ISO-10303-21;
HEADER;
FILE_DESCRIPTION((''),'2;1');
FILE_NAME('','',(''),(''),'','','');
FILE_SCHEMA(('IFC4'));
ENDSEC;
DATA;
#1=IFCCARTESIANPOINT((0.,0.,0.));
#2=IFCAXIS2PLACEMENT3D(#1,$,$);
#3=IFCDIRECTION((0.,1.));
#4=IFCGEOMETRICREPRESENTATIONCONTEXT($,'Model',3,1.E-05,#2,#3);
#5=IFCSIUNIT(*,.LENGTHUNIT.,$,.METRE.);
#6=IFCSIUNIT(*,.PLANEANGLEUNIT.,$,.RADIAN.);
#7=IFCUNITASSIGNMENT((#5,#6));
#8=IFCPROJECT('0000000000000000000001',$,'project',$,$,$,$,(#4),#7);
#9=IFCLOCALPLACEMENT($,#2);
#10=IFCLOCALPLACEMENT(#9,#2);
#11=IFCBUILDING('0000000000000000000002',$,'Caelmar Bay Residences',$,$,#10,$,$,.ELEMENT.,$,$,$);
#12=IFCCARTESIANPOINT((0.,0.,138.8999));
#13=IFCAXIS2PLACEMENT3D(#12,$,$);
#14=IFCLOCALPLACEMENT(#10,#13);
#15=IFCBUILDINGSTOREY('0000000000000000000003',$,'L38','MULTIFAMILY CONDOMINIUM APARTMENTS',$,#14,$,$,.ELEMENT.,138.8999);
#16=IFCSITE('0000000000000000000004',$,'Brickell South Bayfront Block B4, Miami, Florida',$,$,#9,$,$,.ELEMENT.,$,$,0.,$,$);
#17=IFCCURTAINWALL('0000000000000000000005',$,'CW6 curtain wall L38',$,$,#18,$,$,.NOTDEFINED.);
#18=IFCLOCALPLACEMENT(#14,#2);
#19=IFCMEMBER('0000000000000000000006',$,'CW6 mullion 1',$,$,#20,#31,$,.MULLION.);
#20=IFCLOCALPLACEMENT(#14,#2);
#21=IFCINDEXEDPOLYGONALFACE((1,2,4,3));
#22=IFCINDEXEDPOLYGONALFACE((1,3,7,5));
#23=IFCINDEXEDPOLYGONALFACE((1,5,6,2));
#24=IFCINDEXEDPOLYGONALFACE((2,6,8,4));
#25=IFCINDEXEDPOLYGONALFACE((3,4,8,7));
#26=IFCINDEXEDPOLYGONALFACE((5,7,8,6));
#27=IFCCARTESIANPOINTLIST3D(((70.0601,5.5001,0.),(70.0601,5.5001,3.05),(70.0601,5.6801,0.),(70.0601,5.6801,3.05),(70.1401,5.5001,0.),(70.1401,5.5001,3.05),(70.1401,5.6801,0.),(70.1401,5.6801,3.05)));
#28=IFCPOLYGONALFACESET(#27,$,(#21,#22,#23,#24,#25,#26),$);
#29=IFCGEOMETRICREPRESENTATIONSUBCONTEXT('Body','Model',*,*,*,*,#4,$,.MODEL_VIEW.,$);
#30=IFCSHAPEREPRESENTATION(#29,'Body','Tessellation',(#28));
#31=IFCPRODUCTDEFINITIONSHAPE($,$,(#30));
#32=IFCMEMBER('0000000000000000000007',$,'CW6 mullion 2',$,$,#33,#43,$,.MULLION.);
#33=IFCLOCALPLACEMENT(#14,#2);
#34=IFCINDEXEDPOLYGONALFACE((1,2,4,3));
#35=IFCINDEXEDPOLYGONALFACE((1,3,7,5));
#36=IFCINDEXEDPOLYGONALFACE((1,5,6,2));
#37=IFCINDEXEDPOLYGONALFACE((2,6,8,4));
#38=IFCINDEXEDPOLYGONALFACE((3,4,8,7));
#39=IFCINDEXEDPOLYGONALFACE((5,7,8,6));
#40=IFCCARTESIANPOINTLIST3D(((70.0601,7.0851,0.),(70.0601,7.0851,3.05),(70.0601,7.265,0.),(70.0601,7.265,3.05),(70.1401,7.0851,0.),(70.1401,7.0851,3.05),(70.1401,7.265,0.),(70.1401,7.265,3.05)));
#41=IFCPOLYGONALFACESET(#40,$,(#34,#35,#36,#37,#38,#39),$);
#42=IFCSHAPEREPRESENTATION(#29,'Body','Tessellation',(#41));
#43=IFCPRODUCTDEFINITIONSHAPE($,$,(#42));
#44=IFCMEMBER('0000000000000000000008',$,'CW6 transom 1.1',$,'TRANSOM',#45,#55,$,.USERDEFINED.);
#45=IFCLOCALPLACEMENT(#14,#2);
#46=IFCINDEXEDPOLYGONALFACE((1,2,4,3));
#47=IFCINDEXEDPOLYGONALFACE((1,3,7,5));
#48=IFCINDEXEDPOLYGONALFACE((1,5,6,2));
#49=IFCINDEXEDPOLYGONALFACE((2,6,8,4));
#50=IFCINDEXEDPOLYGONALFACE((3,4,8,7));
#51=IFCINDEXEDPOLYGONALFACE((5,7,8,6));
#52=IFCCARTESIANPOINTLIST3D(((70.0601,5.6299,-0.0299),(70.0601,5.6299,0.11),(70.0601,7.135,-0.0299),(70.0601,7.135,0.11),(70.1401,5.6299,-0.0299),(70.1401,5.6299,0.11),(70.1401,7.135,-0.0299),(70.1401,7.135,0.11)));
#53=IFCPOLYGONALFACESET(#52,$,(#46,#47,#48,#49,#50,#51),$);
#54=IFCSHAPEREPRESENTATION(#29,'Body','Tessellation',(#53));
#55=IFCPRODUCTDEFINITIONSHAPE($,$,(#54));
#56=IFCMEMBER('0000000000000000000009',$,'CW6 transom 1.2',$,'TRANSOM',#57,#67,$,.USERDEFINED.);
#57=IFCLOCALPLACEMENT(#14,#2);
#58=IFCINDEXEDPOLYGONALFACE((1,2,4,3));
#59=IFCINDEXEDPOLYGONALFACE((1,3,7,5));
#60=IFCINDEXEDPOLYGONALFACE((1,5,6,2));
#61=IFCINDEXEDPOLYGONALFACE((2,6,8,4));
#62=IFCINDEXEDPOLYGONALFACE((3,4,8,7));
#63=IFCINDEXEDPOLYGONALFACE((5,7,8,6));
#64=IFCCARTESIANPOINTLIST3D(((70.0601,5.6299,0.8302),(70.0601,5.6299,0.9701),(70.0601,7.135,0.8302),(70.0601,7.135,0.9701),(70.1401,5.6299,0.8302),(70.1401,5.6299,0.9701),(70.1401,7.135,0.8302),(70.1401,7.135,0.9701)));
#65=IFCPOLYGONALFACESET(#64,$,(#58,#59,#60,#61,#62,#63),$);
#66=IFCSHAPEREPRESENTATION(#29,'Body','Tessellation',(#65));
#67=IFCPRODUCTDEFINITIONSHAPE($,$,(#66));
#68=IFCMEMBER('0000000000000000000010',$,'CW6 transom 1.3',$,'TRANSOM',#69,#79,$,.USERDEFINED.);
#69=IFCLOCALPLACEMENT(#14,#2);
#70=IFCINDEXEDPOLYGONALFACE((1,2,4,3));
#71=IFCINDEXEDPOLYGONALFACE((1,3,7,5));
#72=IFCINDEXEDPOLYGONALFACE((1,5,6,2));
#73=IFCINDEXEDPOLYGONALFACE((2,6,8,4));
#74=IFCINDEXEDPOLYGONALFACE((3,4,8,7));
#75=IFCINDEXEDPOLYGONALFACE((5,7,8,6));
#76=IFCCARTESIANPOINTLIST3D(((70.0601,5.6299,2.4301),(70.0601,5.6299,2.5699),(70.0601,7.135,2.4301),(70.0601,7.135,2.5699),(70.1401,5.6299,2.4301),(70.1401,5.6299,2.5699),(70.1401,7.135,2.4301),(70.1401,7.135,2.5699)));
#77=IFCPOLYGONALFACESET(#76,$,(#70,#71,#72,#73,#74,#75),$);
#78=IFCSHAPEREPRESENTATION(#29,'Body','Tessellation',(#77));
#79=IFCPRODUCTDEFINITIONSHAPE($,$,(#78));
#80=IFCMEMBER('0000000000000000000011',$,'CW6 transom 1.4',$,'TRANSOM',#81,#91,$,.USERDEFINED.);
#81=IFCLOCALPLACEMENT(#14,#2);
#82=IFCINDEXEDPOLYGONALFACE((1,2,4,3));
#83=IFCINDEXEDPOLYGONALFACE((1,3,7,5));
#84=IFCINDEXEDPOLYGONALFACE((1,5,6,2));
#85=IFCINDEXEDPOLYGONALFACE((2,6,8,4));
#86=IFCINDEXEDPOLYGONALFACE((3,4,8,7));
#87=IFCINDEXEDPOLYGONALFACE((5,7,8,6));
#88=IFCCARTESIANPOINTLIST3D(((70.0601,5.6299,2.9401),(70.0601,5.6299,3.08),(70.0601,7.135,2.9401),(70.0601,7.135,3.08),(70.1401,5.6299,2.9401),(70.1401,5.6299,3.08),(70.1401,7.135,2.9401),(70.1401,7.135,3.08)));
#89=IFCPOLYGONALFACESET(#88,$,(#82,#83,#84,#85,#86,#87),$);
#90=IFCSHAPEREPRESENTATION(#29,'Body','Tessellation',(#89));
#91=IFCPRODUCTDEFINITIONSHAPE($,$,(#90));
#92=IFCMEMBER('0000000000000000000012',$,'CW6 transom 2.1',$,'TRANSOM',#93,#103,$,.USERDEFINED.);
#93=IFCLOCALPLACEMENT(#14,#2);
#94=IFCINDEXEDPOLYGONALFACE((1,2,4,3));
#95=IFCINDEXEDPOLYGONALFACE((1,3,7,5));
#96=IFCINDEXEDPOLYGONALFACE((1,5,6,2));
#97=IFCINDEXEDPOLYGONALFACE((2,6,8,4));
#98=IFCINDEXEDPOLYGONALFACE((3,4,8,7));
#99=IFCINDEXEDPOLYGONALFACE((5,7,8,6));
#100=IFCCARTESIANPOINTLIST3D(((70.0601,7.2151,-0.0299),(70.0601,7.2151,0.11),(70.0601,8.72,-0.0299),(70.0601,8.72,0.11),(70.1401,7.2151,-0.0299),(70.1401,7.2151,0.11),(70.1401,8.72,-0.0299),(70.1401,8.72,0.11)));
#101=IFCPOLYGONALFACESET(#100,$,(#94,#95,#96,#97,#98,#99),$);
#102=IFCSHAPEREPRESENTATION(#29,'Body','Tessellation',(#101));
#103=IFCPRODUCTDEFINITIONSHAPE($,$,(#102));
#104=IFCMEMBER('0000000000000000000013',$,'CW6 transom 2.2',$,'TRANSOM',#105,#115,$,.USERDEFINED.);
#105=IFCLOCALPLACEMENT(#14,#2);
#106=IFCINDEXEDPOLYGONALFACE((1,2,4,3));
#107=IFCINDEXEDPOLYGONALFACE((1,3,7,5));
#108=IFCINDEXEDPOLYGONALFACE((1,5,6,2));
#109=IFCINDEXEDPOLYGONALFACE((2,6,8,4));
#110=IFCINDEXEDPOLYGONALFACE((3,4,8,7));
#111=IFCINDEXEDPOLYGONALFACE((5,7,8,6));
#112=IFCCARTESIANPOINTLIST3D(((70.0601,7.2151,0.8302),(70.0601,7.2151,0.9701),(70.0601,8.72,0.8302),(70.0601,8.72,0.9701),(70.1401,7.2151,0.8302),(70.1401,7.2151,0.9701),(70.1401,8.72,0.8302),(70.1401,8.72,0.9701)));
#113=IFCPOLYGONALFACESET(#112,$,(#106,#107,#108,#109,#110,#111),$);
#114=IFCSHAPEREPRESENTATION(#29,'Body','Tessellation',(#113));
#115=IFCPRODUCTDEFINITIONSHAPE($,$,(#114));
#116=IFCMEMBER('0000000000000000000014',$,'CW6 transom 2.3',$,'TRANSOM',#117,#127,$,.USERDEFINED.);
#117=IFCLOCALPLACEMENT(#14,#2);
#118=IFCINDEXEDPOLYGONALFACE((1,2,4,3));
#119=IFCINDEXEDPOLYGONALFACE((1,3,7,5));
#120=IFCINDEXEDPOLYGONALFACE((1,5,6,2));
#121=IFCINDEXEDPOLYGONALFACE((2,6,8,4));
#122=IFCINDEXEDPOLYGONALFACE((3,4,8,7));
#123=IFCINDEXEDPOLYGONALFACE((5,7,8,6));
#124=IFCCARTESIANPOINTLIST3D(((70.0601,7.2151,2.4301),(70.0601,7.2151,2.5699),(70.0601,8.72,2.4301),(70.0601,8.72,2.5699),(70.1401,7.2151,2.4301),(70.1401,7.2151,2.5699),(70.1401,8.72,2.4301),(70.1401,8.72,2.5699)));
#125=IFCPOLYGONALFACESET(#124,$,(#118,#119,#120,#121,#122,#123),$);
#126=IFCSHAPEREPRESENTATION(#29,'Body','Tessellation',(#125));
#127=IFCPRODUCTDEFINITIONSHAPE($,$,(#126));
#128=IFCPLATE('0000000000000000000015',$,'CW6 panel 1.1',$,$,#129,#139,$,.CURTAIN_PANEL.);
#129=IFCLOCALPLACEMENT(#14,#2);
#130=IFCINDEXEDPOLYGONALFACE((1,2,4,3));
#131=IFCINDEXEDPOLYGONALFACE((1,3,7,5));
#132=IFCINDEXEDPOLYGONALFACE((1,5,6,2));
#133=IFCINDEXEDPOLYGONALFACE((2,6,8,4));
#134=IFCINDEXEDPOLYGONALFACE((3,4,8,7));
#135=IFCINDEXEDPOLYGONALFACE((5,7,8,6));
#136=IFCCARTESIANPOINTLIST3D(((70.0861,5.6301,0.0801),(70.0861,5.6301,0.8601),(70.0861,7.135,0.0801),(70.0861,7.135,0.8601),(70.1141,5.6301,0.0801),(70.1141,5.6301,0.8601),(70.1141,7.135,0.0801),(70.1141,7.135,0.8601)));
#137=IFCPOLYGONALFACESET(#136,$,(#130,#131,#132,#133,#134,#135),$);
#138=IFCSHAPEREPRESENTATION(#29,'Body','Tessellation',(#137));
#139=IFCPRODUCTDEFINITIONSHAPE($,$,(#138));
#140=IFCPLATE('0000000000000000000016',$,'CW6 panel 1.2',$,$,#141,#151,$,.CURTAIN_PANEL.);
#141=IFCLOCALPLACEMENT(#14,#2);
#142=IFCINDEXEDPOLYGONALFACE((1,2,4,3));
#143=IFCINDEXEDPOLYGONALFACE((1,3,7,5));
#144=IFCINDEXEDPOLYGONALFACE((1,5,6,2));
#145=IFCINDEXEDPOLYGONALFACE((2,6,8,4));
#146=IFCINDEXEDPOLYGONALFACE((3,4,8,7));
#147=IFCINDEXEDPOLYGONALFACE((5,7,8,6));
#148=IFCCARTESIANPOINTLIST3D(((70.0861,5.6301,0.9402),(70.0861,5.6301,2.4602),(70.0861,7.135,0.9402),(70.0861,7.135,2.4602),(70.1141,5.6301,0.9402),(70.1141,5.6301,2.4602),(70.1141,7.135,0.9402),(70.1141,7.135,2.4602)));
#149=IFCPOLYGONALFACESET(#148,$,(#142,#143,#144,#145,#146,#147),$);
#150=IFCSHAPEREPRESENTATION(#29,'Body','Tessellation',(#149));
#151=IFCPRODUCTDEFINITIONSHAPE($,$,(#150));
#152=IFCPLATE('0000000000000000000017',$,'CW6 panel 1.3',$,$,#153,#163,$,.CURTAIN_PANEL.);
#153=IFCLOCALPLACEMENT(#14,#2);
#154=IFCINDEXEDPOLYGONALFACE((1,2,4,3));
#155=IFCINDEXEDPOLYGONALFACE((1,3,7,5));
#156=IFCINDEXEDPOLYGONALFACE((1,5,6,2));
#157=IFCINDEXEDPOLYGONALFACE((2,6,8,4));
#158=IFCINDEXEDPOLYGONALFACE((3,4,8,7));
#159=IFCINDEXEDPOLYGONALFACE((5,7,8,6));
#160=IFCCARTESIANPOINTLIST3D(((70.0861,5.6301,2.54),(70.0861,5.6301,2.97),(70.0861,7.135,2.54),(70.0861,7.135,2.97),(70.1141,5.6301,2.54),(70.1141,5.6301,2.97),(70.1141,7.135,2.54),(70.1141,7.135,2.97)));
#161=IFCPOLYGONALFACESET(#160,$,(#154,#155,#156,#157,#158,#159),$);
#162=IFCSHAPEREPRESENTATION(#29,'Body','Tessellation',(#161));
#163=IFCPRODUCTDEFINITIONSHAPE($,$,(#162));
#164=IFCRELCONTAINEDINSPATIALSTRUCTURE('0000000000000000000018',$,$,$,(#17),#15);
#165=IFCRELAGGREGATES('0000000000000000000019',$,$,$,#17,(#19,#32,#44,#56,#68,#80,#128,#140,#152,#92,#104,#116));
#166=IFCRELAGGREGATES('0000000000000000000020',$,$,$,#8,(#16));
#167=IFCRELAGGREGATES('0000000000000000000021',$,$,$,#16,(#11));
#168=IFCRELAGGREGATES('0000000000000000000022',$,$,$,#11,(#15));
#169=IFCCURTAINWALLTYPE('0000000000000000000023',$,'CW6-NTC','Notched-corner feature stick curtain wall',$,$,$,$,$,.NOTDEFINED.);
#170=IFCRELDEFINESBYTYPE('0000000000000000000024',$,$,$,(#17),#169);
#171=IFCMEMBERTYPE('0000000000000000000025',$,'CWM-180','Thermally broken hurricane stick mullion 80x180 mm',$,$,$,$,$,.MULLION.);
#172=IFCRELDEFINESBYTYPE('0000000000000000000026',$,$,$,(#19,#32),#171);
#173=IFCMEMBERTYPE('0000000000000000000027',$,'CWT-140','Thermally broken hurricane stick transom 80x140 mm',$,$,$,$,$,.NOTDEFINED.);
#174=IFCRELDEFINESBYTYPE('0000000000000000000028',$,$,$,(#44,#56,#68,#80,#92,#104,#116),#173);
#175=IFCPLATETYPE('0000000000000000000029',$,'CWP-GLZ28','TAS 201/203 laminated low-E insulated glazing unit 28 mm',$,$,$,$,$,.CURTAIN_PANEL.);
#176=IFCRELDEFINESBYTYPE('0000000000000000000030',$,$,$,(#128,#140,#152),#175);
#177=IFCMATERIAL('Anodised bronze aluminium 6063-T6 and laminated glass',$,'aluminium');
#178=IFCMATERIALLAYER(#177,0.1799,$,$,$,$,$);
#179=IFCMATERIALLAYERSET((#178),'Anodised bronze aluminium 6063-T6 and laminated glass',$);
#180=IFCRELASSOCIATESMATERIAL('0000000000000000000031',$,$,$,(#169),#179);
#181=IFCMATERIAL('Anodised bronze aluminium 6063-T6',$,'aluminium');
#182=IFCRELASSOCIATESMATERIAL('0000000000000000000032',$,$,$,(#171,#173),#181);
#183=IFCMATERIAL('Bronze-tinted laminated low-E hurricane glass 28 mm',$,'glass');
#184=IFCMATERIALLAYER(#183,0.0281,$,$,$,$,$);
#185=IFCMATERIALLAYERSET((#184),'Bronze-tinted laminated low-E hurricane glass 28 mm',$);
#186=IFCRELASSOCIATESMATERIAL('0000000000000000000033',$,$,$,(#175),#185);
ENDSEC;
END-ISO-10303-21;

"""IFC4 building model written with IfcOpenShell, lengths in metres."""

from ifc_helpers import new_model, si_unit, direction, frame, origin, origin_2d, place, context, subcontext, project, spatial, rectangle, extrude, material, layer, layer_set, material_profile, profile_set, type_object, element, aggregate, save


model = new_model("IFC4")

# Units and contexts
model_context = context("Model", 3, precision=1e-05, world=origin(), true_north=direction((0.0, 1.0)))
body_context = subcontext(model_context, "Body", "Model", "MODEL_VIEW")
ifc_project = project(units=[si_unit("LENGTHUNIT", "METRE"), si_unit("PLANEANGLEUNIT", "RADIAN")], contexts=[model_context])

# Site, building, storey
site_placement = place(None, origin())
site = spatial("IfcSite", under=ifc_project, at=site_placement, Name="Brickell South Bayfront Block B4, Miami, Florida", CompositionType="ELEMENT", RefElevation=0.0)
building_placement = place(site_placement, origin())
building = spatial("IfcBuilding", under=site, at=building_placement, Name="Caelmar Bay Residences", CompositionType="ELEMENT")
storey_placement = place(building_placement, frame((0.0, 0.0, 138.8999)))
storey = spatial("IfcBuildingStorey", under=building, at=storey_placement, Name="L38", Description="MULTIFAMILY CONDOMINIUM APARTMENTS", CompositionType="ELEMENT", Elevation=138.8999)

# Curtain wall, members, plates
ifc_material_1 = material(Name="Anodised bronze aluminium 6063-T6 and laminated glass", Category="aluminium")
ifc_layer_1 = layer(ifc_material_1, 0.1799)
ifc_layer_set_1 = layer_set([ifc_layer_1], Name="Anodised bronze aluminium 6063-T6 and laminated glass")
curtain_wall_type = type_object("IfcCurtainWallType", Name="CW6-NTC", Description="Notched-corner feature stick curtain wall", PredefinedType="NOTDEFINED", material=ifc_layer_set_1)
curtain_wall_placement = place(storey_placement, origin())
curtain_wall = element("IfcCurtainWall", 1, at=curtain_wall_placement, inside=storey, type_object=curtain_wall_type, Name="CW6 curtain wall L38", PredefinedType="NOTDEFINED")
ifc_material_2 = material(Name="Anodised bronze aluminium 6063-T6", Category="aluminium")
ifc_material_profile_1 = material_profile(ifc_material_2, rectangle(XDim=0.0801, YDim=0.1799, at=origin_2d()), Name="CWM-80X180")
ifc_profile_set_1 = profile_set([ifc_material_profile_1], Name="Anodised bronze aluminium 6063-T6")
member_type_1 = type_object("IfcMemberType", Name="CWM-180", Description="Thermally broken hurricane stick mullion 80x180 mm", PredefinedType="MULLION", material=ifc_profile_set_1)
member_1_placement = place(storey_placement, frame((70.1001, 5.5901, 0.0), z_axis=(0.0, 0.0, 1.0), x_axis=(-1.0, 0.0, 0.0)))
member_1 = element("IfcMember", 2, at=member_1_placement, type_object=member_type_1, Name="CW6 mullion 1", PredefinedType="MULLION", context=body_context, shape_type="SweptSolid", body=[
    extrude(rectangle(XDim=0.0801, YDim=0.1799, at=origin_2d()), origin(), (0.0, 0.0, 1.0), 3.05),
])
member_2_placement = place(storey_placement, frame((70.1001, 7.175, 0.0), z_axis=(0.0, 0.0, 1.0), x_axis=(-1.0, 0.0, 0.0)))
member_2 = element("IfcMember", 3, at=member_2_placement, type_object=member_type_1, Name="CW6 mullion 2", PredefinedType="MULLION", context=body_context, shape_type="SweptSolid", body=[
    extrude(rectangle(XDim=0.0801, YDim=0.1799, at=origin_2d()), origin(), (0.0, 0.0, 1.0), 3.05),
])
ifc_material_profile_2 = material_profile(ifc_material_2, rectangle(XDim=0.0801, YDim=0.1399, at=origin_2d()), Name="CWT-80X140")
ifc_profile_set_2 = profile_set([ifc_material_profile_2], Name="Anodised bronze aluminium 6063-T6")
member_type_2 = type_object("IfcMemberType", Name="CWT-140", Description="Thermally broken hurricane stick transom 80x140 mm", PredefinedType="NOTDEFINED", material=ifc_profile_set_2)
member_3_placement = place(storey_placement, frame((70.1001, 5.6299, 0.04), z_axis=(0.0, 1.0, 0.0), x_axis=(-1.0, 0.0, 0.0)))
member_3 = element("IfcMember", 4, at=member_3_placement, type_object=member_type_2, Name="CW6 transom 1.1", ObjectType="TRANSOM", PredefinedType="USERDEFINED", context=body_context, shape_type="SweptSolid", body=[
    extrude(rectangle(XDim=0.0801, YDim=0.1399, at=origin_2d()), origin(), (0.0, 0.0, 1.0), 1.5051),
])
member_4_placement = place(storey_placement, frame((70.1001, 5.6299, 0.9001), z_axis=(0.0, 1.0, 0.0), x_axis=(-1.0, 0.0, 0.0)))
member_4 = element("IfcMember", 5, at=member_4_placement, type_object=member_type_2, Name="CW6 transom 1.2", ObjectType="TRANSOM", PredefinedType="USERDEFINED", context=body_context, shape_type="SweptSolid", body=[
    extrude(rectangle(XDim=0.0801, YDim=0.1399, at=origin_2d()), origin(), (0.0, 0.0, 1.0), 1.5051),
])
member_5_placement = place(storey_placement, frame((70.1001, 5.6299, 2.5), z_axis=(0.0, 1.0, 0.0), x_axis=(-1.0, 0.0, 0.0)))
member_5 = element("IfcMember", 6, at=member_5_placement, type_object=member_type_2, Name="CW6 transom 1.3", ObjectType="TRANSOM", PredefinedType="USERDEFINED", context=body_context, shape_type="SweptSolid", body=[
    extrude(rectangle(XDim=0.0801, YDim=0.1399, at=origin_2d()), origin(), (0.0, 0.0, 1.0), 1.5051),
])
member_6_placement = place(storey_placement, frame((70.1001, 5.6299, 3.01), z_axis=(0.0, 1.0, 0.0), x_axis=(-1.0, 0.0, 0.0)))
member_6 = element("IfcMember", 7, at=member_6_placement, type_object=member_type_2, Name="CW6 transom 1.4", ObjectType="TRANSOM", PredefinedType="USERDEFINED", context=body_context, shape_type="SweptSolid", body=[
    extrude(rectangle(XDim=0.0801, YDim=0.1399, at=origin_2d()), origin(), (0.0, 0.0, 1.0), 1.5051),
])
member_7_placement = place(storey_placement, frame((70.1001, 7.2151, 0.04), z_axis=(0.0, 1.0, 0.0), x_axis=(-1.0, 0.0, 0.0)))
member_7 = element("IfcMember", 8, at=member_7_placement, type_object=member_type_2, Name="CW6 transom 2.1", ObjectType="TRANSOM", PredefinedType="USERDEFINED", context=body_context, shape_type="SweptSolid", body=[
    extrude(rectangle(XDim=0.0801, YDim=0.1399, at=origin_2d()), origin(), (0.0, 0.0, 1.0), 1.5049),
])
member_8_placement = place(storey_placement, frame((70.1001, 7.2151, 0.9001), z_axis=(0.0, 1.0, 0.0), x_axis=(-1.0, 0.0, 0.0)))
member_8 = element("IfcMember", 9, at=member_8_placement, type_object=member_type_2, Name="CW6 transom 2.2", ObjectType="TRANSOM", PredefinedType="USERDEFINED", context=body_context, shape_type="SweptSolid", body=[
    extrude(rectangle(XDim=0.0801, YDim=0.1399, at=origin_2d()), origin(), (0.0, 0.0, 1.0), 1.5049),
])
member_9_placement = place(storey_placement, frame((70.1001, 7.2151, 2.5), z_axis=(0.0, 1.0, 0.0), x_axis=(-1.0, 0.0, 0.0)))
member_9 = element("IfcMember", 10, at=member_9_placement, type_object=member_type_2, Name="CW6 transom 2.3", ObjectType="TRANSOM", PredefinedType="USERDEFINED", context=body_context, shape_type="SweptSolid", body=[
    extrude(rectangle(XDim=0.0801, YDim=0.1399, at=origin_2d()), origin(), (0.0, 0.0, 1.0), 1.5049),
])
ifc_material_3 = material(Name="Bronze-tinted laminated low-E hurricane glass 28 mm", Category="glass")
ifc_layer_2 = layer(ifc_material_3, 0.0281)
ifc_layer_set_2 = layer_set([ifc_layer_2], Name="Bronze-tinted laminated low-E hurricane glass 28 mm")
plate_type = type_object("IfcPlateType", Name="CWP-GLZ28", Description="TAS 201/203 laminated low-E insulated glazing unit 28 mm", PredefinedType="CURTAIN_PANEL", material=ifc_layer_set_2)
plate_1_placement = place(storey_placement, frame((70.1001, 6.3826, 0.0801), z_axis=(0.0, 0.0, 1.0), x_axis=(0.0, 1.0, 0.0)))
plate_1 = element("IfcPlate", 11, at=plate_1_placement, type_object=plate_type, Name="CW6 panel 1.1", PredefinedType="CURTAIN_PANEL", context=body_context, shape_type="SweptSolid", body=[
    extrude(rectangle(XDim=1.5049, YDim=0.0281, at=origin_2d()), origin(), (0.0, 0.0, 1.0), 0.78),
])
plate_2_placement = place(storey_placement, frame((70.1001, 6.3826, 0.9402), z_axis=(0.0, 0.0, 1.0), x_axis=(0.0, 1.0, 0.0)))
plate_2 = element("IfcPlate", 12, at=plate_2_placement, type_object=plate_type, Name="CW6 panel 1.2", PredefinedType="CURTAIN_PANEL", context=body_context, shape_type="SweptSolid", body=[
    extrude(rectangle(XDim=1.5049, YDim=0.0281, at=origin_2d()), origin(), (0.0, 0.0, 1.0), 1.52),
])
plate_3_placement = place(storey_placement, frame((70.1001, 6.3826, 2.54), z_axis=(0.0, 0.0, 1.0), x_axis=(0.0, 1.0, 0.0)))
plate_3 = element("IfcPlate", 13, at=plate_3_placement, type_object=plate_type, Name="CW6 panel 1.3", PredefinedType="CURTAIN_PANEL", context=body_context, shape_type="SweptSolid", body=[
    extrude(rectangle(XDim=1.5049, YDim=0.0281, at=origin_2d()), origin(), (0.0, 0.0, 1.0), 0.4299),
])
aggregate(curtain_wall, [member_1, member_2, member_3, member_4, member_5, member_6, plate_1, plate_2, plate_3, member_7, member_8, member_9])

save(model, "model.ifc")
